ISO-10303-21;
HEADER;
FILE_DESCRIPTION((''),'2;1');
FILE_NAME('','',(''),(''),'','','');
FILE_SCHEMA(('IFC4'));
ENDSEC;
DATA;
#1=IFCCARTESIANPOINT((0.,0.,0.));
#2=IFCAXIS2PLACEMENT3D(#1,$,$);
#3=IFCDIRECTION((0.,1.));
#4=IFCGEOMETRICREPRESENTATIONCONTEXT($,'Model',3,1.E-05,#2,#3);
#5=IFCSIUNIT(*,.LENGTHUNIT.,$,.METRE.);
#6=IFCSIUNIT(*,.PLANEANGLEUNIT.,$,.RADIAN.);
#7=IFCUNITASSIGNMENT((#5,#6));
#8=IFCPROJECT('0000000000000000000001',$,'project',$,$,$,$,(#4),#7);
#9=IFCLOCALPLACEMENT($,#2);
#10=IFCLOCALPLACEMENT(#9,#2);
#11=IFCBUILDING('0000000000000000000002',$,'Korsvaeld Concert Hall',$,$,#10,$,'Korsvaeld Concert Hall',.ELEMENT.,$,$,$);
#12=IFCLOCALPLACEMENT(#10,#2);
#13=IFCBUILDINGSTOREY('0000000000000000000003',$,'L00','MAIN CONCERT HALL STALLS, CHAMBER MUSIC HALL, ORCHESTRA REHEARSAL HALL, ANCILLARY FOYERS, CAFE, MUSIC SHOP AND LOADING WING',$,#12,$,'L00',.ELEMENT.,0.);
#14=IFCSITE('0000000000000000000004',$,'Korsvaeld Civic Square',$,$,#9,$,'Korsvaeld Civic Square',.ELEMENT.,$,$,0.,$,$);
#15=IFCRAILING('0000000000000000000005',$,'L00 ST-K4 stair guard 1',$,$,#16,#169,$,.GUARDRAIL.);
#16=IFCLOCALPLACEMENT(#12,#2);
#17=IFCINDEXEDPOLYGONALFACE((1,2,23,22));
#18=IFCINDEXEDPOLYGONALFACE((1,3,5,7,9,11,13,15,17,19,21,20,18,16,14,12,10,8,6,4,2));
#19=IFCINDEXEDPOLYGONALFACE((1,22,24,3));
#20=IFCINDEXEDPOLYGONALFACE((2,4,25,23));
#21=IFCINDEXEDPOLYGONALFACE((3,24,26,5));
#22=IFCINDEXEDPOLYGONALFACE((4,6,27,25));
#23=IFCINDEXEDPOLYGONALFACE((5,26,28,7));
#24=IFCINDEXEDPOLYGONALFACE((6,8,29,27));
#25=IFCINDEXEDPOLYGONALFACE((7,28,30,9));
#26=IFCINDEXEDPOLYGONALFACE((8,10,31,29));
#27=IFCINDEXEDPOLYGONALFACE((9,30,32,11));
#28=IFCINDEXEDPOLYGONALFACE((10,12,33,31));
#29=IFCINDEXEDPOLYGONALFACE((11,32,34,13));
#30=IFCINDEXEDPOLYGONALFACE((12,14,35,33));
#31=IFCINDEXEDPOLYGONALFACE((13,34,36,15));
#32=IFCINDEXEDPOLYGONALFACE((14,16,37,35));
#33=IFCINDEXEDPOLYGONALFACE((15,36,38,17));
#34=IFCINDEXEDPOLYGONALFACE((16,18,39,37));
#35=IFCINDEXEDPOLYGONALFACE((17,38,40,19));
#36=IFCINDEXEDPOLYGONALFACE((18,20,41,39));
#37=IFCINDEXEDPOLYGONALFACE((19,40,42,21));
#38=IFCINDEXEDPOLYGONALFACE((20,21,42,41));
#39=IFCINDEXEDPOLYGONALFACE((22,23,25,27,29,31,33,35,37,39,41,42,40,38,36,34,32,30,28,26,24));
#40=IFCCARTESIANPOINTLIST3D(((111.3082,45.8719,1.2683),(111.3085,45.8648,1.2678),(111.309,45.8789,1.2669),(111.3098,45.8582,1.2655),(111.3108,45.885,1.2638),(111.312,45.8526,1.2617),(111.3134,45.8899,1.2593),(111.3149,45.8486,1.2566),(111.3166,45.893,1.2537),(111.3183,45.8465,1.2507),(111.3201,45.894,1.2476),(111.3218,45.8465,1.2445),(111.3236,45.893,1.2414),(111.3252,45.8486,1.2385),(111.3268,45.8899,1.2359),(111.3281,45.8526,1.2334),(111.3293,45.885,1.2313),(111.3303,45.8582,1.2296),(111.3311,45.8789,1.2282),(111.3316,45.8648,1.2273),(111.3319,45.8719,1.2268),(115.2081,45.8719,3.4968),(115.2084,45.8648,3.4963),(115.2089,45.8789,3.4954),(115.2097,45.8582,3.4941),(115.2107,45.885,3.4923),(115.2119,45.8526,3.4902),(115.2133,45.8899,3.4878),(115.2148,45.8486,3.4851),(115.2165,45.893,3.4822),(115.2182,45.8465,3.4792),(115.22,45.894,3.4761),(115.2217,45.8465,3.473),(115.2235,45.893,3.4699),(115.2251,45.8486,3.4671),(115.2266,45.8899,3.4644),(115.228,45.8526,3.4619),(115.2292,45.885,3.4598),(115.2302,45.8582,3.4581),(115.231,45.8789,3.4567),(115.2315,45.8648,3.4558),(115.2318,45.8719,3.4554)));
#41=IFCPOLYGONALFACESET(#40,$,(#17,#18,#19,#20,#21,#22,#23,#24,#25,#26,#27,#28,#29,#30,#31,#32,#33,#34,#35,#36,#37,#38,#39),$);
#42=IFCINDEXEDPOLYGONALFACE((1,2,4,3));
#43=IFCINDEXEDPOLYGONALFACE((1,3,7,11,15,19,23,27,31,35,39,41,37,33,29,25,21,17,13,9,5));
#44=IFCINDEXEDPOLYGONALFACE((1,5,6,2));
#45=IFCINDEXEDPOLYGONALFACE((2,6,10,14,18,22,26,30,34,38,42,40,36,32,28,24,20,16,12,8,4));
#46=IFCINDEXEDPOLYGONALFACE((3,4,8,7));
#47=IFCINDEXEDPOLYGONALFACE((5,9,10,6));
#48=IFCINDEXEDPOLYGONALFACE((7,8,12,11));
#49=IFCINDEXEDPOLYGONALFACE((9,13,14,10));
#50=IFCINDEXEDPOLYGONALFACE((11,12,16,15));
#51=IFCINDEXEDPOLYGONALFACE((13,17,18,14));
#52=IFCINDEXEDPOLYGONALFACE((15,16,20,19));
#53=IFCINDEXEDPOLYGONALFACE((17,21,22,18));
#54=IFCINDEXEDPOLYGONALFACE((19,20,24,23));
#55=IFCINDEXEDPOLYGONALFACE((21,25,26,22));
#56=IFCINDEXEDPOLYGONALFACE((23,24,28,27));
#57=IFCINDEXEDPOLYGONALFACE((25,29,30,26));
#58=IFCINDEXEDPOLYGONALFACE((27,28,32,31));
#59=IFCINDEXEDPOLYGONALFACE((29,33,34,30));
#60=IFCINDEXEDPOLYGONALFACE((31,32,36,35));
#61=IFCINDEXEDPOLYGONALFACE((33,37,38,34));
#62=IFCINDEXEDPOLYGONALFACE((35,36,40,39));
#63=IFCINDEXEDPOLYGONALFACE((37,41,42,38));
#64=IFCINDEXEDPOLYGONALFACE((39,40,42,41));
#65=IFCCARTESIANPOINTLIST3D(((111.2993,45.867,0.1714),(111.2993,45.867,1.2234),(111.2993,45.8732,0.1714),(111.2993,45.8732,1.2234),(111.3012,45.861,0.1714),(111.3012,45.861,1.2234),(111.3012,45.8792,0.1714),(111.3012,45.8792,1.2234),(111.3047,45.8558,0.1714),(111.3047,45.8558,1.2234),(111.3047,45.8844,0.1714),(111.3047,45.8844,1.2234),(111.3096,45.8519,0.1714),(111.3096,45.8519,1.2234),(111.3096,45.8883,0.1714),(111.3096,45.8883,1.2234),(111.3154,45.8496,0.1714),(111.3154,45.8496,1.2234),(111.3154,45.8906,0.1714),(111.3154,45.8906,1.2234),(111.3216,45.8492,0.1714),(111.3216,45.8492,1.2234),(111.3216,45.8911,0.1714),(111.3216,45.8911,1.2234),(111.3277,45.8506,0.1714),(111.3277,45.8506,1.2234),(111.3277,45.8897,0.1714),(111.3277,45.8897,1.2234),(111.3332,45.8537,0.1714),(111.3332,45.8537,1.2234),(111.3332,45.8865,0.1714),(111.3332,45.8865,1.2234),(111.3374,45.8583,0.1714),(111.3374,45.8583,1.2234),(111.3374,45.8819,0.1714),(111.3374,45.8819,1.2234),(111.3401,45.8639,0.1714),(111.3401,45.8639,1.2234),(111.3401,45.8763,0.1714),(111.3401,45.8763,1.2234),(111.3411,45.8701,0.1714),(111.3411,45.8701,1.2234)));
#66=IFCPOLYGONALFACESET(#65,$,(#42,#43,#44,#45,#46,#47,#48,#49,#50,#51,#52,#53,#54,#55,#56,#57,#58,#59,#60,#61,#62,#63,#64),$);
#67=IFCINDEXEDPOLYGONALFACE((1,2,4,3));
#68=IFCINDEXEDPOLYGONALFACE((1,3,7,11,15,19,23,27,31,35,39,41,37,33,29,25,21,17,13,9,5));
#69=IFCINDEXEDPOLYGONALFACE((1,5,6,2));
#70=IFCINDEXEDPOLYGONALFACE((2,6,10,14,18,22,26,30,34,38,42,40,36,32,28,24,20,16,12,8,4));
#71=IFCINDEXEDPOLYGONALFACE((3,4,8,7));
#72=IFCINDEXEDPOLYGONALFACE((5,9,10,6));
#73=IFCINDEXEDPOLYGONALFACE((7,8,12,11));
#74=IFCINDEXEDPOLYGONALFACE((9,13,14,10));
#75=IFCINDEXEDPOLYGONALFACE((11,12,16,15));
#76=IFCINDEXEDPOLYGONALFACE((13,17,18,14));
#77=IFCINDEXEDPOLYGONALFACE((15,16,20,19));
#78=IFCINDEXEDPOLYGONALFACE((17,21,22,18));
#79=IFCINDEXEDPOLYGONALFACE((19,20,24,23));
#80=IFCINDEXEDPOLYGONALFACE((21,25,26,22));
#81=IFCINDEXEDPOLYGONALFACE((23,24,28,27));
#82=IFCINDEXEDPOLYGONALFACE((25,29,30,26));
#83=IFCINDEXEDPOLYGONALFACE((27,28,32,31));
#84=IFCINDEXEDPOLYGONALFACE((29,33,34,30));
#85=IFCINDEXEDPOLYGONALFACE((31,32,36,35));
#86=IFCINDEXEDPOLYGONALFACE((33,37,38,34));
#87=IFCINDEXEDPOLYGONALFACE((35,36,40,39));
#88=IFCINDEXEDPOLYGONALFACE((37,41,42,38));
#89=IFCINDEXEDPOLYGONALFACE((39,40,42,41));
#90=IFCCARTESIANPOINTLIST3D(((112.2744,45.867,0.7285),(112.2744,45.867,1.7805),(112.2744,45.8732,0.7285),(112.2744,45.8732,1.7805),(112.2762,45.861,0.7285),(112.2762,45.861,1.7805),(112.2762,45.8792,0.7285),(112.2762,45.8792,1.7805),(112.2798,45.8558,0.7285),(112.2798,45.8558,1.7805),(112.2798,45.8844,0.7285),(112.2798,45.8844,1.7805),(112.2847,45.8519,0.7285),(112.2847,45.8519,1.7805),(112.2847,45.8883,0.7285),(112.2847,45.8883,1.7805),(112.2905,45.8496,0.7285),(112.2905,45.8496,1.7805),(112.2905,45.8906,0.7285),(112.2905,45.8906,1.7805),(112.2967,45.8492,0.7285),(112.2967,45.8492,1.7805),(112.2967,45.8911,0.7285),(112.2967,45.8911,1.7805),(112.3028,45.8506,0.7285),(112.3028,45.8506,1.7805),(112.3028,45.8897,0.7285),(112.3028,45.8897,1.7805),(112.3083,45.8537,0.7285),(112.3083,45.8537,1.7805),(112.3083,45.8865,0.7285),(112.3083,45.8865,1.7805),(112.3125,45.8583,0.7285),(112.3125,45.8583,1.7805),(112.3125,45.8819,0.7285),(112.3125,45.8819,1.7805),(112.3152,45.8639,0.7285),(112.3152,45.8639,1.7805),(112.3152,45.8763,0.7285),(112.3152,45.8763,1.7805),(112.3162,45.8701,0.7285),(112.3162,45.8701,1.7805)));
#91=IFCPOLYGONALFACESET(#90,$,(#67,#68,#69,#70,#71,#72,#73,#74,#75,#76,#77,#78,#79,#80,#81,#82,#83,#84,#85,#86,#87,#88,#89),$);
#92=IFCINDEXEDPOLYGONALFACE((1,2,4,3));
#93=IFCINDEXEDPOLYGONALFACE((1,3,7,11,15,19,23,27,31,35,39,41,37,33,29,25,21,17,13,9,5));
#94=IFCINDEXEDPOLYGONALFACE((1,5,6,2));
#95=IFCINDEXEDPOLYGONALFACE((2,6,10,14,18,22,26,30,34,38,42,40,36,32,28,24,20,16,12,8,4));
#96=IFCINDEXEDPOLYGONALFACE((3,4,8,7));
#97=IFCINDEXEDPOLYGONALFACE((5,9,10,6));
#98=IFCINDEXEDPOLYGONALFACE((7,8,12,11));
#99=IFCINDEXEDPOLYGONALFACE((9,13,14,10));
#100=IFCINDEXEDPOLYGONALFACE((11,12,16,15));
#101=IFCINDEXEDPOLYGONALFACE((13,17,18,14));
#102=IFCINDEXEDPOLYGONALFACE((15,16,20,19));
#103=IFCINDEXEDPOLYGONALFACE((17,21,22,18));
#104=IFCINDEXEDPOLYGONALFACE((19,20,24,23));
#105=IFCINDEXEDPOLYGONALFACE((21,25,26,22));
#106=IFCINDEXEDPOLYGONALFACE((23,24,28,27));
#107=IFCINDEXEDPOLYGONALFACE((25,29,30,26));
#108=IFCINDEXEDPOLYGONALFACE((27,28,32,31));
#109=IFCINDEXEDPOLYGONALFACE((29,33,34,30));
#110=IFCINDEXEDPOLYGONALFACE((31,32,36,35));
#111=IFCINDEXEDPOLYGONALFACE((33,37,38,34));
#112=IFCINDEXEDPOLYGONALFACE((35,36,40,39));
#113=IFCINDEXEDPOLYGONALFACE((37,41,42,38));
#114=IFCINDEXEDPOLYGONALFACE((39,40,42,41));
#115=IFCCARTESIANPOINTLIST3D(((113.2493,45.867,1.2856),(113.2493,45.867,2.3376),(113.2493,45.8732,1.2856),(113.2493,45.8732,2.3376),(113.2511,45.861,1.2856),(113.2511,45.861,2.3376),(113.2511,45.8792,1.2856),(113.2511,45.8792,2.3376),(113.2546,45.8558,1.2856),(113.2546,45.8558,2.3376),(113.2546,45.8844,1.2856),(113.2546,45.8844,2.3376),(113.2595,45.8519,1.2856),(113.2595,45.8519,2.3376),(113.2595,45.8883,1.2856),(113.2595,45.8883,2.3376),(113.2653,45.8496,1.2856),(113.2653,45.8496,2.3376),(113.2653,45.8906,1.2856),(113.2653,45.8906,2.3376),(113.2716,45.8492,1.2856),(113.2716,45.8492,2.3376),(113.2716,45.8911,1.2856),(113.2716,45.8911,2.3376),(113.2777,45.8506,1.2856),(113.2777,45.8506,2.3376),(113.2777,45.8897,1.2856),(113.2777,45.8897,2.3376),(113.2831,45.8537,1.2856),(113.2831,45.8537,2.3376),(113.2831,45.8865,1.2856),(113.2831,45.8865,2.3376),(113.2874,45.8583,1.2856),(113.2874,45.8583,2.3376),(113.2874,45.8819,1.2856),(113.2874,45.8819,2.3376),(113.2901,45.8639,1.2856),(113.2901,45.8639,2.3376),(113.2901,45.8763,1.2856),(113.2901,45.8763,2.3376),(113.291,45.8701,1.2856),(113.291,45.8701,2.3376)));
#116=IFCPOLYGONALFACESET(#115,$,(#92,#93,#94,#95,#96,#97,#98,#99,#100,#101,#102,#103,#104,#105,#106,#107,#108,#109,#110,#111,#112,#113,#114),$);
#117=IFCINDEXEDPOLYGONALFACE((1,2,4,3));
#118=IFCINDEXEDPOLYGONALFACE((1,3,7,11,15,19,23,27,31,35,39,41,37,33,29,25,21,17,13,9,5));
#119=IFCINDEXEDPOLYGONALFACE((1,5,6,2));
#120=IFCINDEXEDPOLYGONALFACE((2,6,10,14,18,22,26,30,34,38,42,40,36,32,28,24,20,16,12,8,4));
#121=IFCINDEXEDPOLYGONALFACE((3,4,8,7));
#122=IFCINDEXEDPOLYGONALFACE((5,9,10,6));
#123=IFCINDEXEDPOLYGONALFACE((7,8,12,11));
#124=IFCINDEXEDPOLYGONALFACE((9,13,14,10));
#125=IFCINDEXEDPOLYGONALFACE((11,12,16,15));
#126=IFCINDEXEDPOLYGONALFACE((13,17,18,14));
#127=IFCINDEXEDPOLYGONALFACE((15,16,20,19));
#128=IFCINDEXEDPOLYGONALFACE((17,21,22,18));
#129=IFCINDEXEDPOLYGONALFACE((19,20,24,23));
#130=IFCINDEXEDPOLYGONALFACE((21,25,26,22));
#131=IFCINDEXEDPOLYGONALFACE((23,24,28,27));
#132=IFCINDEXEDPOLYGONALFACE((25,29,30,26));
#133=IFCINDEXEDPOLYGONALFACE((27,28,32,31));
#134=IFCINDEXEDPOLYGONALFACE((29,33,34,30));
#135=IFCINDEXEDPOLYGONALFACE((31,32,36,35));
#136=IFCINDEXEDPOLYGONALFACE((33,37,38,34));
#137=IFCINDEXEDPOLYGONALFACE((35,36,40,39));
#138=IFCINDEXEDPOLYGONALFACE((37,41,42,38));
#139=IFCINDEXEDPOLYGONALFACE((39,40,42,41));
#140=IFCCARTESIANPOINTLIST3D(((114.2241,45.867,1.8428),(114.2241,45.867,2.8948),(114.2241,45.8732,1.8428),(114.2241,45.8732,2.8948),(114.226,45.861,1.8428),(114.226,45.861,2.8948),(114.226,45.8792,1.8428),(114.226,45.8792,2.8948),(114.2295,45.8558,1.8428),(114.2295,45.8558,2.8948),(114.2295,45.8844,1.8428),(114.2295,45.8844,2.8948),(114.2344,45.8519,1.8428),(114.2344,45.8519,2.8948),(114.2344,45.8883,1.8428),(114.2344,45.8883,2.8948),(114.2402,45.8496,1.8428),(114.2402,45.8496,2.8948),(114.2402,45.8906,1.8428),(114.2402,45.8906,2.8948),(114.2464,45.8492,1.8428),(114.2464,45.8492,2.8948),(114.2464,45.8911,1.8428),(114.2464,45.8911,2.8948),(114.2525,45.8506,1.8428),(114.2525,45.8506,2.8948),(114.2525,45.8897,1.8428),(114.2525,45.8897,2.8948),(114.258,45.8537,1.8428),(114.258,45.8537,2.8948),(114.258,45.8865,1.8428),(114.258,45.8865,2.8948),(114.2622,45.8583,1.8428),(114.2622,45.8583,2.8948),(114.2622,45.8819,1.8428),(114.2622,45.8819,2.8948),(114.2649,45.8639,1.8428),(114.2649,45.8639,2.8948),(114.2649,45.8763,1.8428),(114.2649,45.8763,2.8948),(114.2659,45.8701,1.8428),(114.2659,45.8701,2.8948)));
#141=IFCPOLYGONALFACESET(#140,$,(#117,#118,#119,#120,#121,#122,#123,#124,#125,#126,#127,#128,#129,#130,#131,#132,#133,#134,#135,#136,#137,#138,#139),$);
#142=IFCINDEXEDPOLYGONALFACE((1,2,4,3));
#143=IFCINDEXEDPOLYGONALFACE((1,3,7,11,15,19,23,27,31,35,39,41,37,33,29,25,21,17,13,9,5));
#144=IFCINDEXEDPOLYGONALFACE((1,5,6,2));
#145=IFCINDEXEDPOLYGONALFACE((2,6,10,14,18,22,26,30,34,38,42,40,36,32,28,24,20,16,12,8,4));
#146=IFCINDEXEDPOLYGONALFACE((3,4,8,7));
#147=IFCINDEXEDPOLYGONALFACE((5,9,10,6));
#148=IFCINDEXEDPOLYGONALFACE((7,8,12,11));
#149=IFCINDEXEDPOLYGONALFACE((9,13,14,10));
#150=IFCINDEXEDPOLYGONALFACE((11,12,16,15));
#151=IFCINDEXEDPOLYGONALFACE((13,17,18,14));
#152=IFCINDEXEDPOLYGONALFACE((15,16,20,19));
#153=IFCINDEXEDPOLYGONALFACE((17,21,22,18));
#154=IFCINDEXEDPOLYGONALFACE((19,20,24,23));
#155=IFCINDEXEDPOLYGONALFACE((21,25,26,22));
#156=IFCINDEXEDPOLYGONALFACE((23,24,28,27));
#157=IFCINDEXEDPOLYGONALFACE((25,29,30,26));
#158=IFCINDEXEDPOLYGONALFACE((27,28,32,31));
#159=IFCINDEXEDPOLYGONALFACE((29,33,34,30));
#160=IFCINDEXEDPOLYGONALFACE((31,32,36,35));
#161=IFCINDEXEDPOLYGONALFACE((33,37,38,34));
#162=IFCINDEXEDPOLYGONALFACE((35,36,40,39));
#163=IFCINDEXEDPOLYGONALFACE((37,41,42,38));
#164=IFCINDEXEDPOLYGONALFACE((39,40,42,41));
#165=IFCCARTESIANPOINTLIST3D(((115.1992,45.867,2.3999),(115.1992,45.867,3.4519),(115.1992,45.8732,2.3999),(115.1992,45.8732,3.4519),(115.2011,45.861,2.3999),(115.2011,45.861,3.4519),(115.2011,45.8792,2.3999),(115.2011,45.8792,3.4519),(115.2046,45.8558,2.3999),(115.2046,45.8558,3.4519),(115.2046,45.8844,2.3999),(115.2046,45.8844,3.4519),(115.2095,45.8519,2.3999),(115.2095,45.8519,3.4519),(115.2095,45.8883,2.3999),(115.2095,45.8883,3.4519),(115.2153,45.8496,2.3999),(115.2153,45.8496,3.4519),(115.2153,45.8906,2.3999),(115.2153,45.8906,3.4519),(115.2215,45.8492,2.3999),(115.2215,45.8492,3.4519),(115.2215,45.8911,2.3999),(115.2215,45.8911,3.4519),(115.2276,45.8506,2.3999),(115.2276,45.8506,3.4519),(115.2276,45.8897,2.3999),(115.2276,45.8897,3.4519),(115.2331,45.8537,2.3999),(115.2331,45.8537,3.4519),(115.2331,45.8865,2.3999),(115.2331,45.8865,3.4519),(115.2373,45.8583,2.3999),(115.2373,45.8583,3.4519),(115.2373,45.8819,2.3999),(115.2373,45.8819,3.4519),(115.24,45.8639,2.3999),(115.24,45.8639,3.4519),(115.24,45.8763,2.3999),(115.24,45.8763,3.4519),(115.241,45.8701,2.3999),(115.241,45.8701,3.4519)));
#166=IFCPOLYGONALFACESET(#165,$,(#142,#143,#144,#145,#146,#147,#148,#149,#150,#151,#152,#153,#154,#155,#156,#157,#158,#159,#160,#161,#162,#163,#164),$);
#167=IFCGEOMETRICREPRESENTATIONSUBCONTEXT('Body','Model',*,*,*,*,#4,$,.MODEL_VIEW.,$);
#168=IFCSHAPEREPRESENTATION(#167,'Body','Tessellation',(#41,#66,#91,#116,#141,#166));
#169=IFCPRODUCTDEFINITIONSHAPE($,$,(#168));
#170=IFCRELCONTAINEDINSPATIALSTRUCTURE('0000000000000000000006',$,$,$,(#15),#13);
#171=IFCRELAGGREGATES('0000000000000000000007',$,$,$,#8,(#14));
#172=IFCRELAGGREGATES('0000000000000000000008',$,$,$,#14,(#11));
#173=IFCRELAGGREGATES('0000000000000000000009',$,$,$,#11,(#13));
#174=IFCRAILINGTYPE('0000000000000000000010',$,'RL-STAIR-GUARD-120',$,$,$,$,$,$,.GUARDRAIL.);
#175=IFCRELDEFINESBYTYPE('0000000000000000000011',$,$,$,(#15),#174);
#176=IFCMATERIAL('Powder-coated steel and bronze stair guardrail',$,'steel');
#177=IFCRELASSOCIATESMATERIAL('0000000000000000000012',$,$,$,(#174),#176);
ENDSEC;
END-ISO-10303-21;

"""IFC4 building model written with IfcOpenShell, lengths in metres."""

from ifc_helpers import new_model, si_unit, direction, frame, origin, origin_2d, place, context, subcontext, project, spatial, circle, extrude, material, type_object, element, save


model = new_model("IFC4")

# Units and contexts
model_context = context("Model", 3, precision=1e-05, world=origin(), true_north=direction((0.0, 1.0)))
body_context = subcontext(model_context, "Body", "Model", "MODEL_VIEW")
ifc_project = project(units=[si_unit("LENGTHUNIT", "METRE"), si_unit("PLANEANGLEUNIT", "RADIAN")], contexts=[model_context])

# Site, building, storey
site_placement = place(None, origin())
site = spatial("IfcSite", under=ifc_project, at=site_placement, Name="Korsvaeld Civic Square", LongName="Korsvaeld Civic Square", CompositionType="ELEMENT", RefElevation=0.0)
building_placement = place(site_placement, origin())
building = spatial("IfcBuilding", under=site, at=building_placement, Name="Korsvaeld Concert Hall", LongName="Korsvaeld Concert Hall", CompositionType="ELEMENT")
storey_placement = place(building_placement, origin())
storey = spatial("IfcBuildingStorey", under=building, at=storey_placement, Name="L00", Description="MAIN CONCERT HALL STALLS, CHAMBER MUSIC HALL, ORCHESTRA REHEARSAL HALL, ANCILLARY FOYERS, CAFE, MUSIC SHOP AND LOADING WING", LongName="L00", CompositionType="ELEMENT", Elevation=0.0)

# Railing
ifc_material_1 = material(Name="Powder-coated steel and bronze stair guardrail", Category="steel")
railing_type_1 = type_object("IfcRailingType", Name="RL-STAIR-GUARD-120", PredefinedType="GUARDRAIL", material=ifc_material_1)
railing_1_placement = place(storey_placement, frame((111.3201, 45.8701, 0.1714)))
element("IfcRailing", 1, at=railing_1_placement, inside=storey, type_object=railing_type_1, Name="L00 ST-K4 stair guard 1", PredefinedType="GUARDRAIL", context=body_context, shape_type="SweptSolid", body=[
    extrude(circle(Radius=0.0239, at=origin_2d()), frame((0.0, 0.0, 1.0762), z_axis=(0.868243, 0.0, 0.496139), x_axis=(0.0, 1.0, 0.0)), (0.0, 0.0, 1.0), 4.4917),
    extrude(circle(Radius=0.021, at=origin_2d()), origin(), (0.0, 0.0, 1.0), 1.052),
    extrude(circle(Radius=0.021, at=origin_2d()), frame((0.9751, 0.0, 0.5571)), (0.0, 0.0, 1.0), 1.052),
    extrude(circle(Radius=0.021, at=origin_2d()), frame((1.95, 0.0, 1.1143)), (0.0, 0.0, 1.0), 1.052),
    extrude(circle(Radius=0.021, at=origin_2d()), frame((2.9248, 0.0, 1.6714)), (0.0, 0.0, 1.0), 1.052),
    extrude(circle(Radius=0.021, at=origin_2d()), frame((3.8999, 0.0, 2.2285)), (0.0, 0.0, 1.0), 1.052),
])

save(model, "model.ifc")
